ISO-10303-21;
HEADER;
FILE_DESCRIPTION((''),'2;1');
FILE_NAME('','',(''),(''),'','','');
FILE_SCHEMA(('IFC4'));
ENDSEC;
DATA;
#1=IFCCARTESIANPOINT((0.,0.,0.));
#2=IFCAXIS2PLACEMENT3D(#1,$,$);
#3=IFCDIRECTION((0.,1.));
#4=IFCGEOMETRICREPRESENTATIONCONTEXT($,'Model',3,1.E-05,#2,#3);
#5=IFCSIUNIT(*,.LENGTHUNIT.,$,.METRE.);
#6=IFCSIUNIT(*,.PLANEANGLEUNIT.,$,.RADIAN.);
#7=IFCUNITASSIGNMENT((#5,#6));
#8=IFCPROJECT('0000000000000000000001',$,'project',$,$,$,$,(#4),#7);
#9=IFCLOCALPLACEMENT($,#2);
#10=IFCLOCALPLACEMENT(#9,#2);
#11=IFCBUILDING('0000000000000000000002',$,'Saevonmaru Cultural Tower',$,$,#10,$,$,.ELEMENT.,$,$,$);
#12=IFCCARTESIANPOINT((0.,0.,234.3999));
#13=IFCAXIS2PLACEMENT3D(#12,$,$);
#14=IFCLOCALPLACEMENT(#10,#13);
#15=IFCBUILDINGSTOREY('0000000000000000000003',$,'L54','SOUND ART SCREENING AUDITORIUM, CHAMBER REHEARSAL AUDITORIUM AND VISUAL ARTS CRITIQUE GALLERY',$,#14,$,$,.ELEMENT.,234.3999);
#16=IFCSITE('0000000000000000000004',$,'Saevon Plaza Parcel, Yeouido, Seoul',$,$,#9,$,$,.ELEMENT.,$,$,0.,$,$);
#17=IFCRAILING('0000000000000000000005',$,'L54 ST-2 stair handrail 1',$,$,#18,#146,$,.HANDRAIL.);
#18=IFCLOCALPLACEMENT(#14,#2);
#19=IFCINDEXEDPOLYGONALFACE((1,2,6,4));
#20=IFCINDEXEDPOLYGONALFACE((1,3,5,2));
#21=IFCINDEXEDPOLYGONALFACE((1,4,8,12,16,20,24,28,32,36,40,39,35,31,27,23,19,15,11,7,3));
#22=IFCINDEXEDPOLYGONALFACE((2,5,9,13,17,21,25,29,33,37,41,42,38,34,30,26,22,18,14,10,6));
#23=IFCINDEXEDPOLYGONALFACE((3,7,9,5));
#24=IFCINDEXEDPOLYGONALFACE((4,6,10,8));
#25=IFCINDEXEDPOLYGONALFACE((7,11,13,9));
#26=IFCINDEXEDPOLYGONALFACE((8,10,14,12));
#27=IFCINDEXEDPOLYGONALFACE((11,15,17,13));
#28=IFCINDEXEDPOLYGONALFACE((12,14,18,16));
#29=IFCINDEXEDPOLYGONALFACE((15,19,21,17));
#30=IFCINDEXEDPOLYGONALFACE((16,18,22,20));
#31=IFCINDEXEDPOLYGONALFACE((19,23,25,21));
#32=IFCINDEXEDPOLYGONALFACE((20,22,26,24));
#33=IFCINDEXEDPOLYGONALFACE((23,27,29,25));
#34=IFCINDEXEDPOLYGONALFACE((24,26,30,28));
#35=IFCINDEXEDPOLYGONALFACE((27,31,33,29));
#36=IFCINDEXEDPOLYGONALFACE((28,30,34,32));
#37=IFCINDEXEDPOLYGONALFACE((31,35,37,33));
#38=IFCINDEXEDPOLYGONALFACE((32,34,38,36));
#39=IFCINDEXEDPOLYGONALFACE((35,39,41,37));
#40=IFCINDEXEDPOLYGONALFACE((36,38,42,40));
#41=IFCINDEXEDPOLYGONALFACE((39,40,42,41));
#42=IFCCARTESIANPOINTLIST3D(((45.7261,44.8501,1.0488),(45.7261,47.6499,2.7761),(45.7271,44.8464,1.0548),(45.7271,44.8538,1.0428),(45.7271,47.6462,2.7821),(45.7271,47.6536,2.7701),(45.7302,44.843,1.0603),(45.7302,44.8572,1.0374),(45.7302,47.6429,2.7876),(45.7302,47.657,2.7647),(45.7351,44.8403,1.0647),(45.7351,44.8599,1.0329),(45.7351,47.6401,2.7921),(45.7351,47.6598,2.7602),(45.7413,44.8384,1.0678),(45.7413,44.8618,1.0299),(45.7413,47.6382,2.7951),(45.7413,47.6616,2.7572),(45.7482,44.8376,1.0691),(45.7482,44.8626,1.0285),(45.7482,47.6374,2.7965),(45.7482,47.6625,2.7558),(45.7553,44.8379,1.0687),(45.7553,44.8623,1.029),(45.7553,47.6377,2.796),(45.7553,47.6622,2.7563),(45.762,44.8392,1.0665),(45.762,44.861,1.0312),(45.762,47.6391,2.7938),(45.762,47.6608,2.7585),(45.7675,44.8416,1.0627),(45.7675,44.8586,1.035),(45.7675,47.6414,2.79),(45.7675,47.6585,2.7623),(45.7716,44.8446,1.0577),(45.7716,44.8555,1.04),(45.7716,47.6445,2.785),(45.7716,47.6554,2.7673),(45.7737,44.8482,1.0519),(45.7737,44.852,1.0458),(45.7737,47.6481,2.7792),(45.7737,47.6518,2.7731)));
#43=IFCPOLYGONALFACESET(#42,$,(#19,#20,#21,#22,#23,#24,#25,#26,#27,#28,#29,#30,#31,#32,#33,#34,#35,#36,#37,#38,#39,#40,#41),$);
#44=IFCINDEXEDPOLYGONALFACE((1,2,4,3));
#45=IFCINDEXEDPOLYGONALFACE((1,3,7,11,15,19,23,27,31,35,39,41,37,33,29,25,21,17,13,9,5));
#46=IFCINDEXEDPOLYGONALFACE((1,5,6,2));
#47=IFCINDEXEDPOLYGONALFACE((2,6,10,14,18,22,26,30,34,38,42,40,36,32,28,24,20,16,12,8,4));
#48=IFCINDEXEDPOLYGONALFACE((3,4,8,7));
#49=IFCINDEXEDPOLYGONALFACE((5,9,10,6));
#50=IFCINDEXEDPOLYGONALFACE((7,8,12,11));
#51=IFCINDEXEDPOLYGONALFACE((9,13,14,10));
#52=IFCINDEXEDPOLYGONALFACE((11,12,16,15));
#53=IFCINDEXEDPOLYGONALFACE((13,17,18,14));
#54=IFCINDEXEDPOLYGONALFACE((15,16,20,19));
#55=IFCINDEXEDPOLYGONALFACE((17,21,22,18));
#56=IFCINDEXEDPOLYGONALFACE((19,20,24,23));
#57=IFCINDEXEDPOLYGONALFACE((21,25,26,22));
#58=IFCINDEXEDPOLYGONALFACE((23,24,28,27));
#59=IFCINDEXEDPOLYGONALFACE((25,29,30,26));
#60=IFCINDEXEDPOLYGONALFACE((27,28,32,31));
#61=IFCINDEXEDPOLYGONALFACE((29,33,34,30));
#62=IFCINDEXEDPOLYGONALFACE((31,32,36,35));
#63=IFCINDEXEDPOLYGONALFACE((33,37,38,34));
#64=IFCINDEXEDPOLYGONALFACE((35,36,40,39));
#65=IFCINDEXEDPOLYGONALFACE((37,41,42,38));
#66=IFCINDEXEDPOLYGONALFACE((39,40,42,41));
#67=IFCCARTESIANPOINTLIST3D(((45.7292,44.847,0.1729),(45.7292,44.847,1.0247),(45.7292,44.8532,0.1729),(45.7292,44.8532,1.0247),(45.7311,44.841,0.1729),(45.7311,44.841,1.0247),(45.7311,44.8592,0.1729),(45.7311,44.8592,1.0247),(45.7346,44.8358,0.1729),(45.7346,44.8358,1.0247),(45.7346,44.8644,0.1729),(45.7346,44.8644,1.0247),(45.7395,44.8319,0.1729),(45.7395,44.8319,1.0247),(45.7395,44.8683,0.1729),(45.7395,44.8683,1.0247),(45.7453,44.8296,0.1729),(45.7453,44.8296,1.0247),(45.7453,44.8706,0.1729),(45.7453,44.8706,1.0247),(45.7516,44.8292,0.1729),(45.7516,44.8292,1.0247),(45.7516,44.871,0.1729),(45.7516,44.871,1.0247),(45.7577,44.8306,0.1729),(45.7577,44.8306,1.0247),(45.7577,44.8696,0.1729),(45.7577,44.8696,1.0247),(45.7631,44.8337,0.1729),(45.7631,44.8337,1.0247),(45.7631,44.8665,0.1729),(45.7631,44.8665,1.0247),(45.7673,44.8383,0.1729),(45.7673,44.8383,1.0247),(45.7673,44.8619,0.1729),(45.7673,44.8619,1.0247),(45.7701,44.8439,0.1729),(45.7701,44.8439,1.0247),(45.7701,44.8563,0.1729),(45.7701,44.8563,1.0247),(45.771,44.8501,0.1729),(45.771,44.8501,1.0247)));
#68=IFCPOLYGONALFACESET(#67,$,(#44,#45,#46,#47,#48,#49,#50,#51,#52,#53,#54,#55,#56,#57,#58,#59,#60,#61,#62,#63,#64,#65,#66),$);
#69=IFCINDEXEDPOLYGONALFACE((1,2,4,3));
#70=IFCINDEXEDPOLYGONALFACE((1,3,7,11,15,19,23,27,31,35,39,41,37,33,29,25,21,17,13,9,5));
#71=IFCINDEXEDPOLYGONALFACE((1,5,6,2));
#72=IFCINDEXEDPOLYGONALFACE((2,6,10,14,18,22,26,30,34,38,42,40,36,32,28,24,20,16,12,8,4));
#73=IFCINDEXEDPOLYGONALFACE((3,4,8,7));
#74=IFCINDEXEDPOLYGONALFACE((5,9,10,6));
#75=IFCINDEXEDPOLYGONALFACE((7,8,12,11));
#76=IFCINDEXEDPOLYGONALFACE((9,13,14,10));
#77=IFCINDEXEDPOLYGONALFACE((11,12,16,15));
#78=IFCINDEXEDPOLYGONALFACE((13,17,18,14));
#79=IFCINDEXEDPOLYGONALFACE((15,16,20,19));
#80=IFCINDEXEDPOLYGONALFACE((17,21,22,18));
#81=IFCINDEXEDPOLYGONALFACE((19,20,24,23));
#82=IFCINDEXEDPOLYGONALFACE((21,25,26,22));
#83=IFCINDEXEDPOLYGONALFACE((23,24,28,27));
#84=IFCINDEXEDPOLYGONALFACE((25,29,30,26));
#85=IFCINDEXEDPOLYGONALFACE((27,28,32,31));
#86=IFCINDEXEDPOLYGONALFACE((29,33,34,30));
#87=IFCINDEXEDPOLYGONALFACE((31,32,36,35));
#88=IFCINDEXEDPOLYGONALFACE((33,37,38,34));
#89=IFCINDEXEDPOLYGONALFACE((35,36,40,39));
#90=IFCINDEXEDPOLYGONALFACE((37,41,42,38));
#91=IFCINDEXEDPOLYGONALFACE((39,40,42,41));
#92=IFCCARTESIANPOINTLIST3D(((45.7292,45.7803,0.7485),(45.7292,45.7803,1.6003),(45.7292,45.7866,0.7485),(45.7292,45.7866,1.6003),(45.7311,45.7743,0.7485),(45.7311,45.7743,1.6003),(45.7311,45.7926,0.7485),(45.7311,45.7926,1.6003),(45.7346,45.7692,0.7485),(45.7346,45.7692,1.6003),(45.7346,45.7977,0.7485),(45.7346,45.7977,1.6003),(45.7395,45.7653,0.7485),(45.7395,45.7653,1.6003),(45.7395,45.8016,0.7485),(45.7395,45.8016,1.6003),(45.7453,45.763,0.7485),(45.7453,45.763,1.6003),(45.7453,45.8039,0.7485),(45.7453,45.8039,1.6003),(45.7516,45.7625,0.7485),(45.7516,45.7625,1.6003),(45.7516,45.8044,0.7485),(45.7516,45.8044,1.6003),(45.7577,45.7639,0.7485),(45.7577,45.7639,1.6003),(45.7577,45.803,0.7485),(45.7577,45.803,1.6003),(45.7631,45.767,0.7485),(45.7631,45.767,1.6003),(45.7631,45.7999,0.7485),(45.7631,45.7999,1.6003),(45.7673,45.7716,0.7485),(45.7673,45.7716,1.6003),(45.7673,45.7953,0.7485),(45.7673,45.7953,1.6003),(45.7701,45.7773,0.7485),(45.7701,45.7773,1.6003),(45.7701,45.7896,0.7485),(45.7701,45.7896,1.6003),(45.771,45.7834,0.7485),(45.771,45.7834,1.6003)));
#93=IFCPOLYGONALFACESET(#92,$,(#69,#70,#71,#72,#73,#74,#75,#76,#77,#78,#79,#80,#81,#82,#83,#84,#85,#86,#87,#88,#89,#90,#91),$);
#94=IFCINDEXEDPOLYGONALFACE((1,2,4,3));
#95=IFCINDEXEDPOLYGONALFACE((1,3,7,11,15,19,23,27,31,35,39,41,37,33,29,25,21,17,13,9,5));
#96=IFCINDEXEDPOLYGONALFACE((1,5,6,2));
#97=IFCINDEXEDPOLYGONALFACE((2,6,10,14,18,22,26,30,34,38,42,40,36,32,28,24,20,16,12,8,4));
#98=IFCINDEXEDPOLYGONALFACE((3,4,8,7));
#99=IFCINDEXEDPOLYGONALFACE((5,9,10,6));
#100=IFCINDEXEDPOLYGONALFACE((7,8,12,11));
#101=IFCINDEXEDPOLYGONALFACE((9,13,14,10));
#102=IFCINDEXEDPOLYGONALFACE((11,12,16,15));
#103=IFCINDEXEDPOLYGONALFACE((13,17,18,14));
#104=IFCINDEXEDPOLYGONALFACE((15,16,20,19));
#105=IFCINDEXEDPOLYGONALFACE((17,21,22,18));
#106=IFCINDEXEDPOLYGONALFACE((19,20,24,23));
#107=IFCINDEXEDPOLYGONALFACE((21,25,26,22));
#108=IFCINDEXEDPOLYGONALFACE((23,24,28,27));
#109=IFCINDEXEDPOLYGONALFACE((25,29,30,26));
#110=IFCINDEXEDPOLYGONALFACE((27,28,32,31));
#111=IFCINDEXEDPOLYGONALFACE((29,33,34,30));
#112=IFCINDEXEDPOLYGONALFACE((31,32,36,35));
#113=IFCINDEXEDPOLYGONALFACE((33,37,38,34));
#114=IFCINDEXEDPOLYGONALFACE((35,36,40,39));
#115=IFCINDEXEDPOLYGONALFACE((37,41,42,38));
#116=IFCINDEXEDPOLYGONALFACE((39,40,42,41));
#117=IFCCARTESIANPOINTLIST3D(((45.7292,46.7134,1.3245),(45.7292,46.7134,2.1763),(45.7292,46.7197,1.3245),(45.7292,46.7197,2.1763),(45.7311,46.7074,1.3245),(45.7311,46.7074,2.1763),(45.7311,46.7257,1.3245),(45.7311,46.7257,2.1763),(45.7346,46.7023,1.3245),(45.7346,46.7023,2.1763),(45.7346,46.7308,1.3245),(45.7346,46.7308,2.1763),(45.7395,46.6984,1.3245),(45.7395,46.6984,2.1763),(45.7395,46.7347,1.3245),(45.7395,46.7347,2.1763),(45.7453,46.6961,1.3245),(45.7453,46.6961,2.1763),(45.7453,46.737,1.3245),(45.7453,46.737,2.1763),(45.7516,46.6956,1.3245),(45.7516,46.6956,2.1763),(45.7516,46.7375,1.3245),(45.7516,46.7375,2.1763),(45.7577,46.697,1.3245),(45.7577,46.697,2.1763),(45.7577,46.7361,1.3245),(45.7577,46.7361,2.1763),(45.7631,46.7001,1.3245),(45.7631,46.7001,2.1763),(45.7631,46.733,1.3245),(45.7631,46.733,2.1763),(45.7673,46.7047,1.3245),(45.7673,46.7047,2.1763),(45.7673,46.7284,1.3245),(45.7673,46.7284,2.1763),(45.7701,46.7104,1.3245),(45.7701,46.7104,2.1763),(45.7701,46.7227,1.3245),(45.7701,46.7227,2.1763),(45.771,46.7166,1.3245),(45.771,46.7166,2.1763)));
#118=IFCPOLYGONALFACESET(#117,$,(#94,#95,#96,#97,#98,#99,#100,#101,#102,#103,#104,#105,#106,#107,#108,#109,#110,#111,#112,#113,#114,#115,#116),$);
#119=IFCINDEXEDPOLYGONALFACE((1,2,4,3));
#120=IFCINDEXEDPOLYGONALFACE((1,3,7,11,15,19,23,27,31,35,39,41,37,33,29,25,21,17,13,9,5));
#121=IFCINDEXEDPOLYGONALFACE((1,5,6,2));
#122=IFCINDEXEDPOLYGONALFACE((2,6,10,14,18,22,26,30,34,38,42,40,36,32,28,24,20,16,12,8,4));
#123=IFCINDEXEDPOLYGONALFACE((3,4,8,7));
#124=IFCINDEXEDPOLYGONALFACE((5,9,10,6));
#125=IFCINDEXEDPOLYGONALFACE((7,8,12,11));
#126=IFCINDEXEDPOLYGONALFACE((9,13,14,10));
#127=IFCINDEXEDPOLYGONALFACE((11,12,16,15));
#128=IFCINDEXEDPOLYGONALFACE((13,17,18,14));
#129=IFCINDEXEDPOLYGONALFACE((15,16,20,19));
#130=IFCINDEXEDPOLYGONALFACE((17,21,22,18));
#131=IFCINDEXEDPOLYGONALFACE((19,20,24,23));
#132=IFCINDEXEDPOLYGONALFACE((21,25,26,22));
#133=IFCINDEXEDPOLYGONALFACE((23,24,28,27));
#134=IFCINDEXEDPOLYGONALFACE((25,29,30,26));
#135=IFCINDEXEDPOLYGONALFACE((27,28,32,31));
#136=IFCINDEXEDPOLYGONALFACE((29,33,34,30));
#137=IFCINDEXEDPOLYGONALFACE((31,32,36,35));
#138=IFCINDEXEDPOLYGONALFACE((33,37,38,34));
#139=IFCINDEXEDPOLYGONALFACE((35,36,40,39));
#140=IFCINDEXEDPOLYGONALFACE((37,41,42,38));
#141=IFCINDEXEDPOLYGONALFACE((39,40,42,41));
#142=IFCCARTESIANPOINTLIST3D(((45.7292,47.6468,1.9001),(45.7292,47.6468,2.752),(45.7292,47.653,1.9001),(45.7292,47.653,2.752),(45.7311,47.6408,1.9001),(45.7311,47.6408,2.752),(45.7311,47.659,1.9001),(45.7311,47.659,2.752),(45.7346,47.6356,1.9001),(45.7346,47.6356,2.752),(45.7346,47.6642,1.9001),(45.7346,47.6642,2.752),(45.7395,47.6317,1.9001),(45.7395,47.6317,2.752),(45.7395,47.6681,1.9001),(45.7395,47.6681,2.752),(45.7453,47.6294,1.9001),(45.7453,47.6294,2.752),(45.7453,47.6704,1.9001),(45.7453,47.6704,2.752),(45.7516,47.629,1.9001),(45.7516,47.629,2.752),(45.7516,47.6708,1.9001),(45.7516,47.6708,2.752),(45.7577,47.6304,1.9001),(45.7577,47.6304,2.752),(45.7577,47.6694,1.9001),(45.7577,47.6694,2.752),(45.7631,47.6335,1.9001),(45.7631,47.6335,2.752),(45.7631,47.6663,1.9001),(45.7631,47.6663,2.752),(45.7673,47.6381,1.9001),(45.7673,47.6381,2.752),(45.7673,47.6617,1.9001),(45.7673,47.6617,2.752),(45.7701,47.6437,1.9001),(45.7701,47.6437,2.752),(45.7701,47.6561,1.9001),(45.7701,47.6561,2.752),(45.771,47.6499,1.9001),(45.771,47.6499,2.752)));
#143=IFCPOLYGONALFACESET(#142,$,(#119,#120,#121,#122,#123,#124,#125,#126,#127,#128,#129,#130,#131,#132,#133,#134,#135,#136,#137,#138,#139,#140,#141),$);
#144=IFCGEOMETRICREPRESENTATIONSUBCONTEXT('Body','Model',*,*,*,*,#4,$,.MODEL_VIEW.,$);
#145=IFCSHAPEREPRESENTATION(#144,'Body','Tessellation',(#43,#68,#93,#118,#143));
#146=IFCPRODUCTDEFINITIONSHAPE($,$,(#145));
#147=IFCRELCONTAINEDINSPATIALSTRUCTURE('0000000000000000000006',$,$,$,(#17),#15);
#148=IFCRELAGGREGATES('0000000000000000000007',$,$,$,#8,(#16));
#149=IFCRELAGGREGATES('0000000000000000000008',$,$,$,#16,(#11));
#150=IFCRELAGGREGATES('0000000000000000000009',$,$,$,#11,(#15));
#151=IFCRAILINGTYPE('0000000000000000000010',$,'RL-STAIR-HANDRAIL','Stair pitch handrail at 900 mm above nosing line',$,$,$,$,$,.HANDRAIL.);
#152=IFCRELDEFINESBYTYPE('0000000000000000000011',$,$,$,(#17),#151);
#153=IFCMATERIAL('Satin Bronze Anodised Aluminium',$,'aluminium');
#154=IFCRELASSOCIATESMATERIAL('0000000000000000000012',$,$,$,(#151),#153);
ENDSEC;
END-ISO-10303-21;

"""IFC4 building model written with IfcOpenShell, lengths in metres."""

from ifc_helpers import new_model, si_unit, direction, frame, origin, origin_2d, place, context, subcontext, project, spatial, circle, extrude, material, type_object, element, save


model = new_model("IFC4")

# Units and contexts
model_context = context("Model", 3, precision=1e-05, world=origin(), true_north=direction((0.0, 1.0)))
body_context = subcontext(model_context, "Body", "Model", "MODEL_VIEW")
ifc_project = project(units=[si_unit("LENGTHUNIT", "METRE"), si_unit("PLANEANGLEUNIT", "RADIAN")], contexts=[model_context])

# Site, building, storey
site_placement = place(None, origin())
site = spatial("IfcSite", under=ifc_project, at=site_placement, Name="Saevon Plaza Parcel, Yeouido, Seoul", CompositionType="ELEMENT", RefElevation=0.0)
building_placement = place(site_placement, origin())
building = spatial("IfcBuilding", under=site, at=building_placement, Name="Saevonmaru Cultural Tower", CompositionType="ELEMENT")
storey_placement = place(building_placement, frame((0.0, 0.0, 234.3999)))
storey = spatial("IfcBuildingStorey", under=building, at=storey_placement, Name="L54", Description="SOUND ART SCREENING AUDITORIUM, CHAMBER REHEARSAL AUDITORIUM AND VISUAL ARTS CRITIQUE GALLERY", CompositionType="ELEMENT", Elevation=234.3999)

# Shared definitions
ifc_material_1 = material(Name="Satin Bronze Anodised Aluminium", Category="aluminium")

# Railing
railing_type = type_object("IfcRailingType", Name="RL-STAIR-HANDRAIL", Description="Stair pitch handrail at 900 mm above nosing line", PredefinedType="HANDRAIL", material=ifc_material_1)
railing_placement = place(storey_placement, frame((45.75, 44.8501, 0.1729)))
element("IfcRailing", 1, at=railing_placement, inside=storey, type_object=railing_type, Name="L54 ST-2 stair handrail 1", PredefinedType="HANDRAIL", context=body_context, shape_type="SweptSolid", body=[
    extrude(circle(Radius=0.0239, at=origin_2d()), frame((0.0, 0.0, 0.876), z_axis=(0.0, 0.851069, 0.525054), x_axis=(-1.0, 0.0, 0.0)), (0.0, 0.0, 1.0), 3.2898),
    extrude(circle(Radius=0.021, at=origin_2d()), origin(), (0.0, 0.0, 1.0), 0.8518),
    extrude(circle(Radius=0.021, at=origin_2d()), frame((0.0, 0.9333, 0.5757)), (0.0, 0.0, 1.0), 0.8518),
    extrude(circle(Radius=0.021, at=origin_2d()), frame((0.0, 1.8665, 1.1516)), (0.0, 0.0, 1.0), 0.8518),
    extrude(circle(Radius=0.021, at=origin_2d()), frame((0.0, 2.7998, 1.7273)), (0.0, 0.0, 1.0), 0.8518),
])

save(model, "model.ifc")
